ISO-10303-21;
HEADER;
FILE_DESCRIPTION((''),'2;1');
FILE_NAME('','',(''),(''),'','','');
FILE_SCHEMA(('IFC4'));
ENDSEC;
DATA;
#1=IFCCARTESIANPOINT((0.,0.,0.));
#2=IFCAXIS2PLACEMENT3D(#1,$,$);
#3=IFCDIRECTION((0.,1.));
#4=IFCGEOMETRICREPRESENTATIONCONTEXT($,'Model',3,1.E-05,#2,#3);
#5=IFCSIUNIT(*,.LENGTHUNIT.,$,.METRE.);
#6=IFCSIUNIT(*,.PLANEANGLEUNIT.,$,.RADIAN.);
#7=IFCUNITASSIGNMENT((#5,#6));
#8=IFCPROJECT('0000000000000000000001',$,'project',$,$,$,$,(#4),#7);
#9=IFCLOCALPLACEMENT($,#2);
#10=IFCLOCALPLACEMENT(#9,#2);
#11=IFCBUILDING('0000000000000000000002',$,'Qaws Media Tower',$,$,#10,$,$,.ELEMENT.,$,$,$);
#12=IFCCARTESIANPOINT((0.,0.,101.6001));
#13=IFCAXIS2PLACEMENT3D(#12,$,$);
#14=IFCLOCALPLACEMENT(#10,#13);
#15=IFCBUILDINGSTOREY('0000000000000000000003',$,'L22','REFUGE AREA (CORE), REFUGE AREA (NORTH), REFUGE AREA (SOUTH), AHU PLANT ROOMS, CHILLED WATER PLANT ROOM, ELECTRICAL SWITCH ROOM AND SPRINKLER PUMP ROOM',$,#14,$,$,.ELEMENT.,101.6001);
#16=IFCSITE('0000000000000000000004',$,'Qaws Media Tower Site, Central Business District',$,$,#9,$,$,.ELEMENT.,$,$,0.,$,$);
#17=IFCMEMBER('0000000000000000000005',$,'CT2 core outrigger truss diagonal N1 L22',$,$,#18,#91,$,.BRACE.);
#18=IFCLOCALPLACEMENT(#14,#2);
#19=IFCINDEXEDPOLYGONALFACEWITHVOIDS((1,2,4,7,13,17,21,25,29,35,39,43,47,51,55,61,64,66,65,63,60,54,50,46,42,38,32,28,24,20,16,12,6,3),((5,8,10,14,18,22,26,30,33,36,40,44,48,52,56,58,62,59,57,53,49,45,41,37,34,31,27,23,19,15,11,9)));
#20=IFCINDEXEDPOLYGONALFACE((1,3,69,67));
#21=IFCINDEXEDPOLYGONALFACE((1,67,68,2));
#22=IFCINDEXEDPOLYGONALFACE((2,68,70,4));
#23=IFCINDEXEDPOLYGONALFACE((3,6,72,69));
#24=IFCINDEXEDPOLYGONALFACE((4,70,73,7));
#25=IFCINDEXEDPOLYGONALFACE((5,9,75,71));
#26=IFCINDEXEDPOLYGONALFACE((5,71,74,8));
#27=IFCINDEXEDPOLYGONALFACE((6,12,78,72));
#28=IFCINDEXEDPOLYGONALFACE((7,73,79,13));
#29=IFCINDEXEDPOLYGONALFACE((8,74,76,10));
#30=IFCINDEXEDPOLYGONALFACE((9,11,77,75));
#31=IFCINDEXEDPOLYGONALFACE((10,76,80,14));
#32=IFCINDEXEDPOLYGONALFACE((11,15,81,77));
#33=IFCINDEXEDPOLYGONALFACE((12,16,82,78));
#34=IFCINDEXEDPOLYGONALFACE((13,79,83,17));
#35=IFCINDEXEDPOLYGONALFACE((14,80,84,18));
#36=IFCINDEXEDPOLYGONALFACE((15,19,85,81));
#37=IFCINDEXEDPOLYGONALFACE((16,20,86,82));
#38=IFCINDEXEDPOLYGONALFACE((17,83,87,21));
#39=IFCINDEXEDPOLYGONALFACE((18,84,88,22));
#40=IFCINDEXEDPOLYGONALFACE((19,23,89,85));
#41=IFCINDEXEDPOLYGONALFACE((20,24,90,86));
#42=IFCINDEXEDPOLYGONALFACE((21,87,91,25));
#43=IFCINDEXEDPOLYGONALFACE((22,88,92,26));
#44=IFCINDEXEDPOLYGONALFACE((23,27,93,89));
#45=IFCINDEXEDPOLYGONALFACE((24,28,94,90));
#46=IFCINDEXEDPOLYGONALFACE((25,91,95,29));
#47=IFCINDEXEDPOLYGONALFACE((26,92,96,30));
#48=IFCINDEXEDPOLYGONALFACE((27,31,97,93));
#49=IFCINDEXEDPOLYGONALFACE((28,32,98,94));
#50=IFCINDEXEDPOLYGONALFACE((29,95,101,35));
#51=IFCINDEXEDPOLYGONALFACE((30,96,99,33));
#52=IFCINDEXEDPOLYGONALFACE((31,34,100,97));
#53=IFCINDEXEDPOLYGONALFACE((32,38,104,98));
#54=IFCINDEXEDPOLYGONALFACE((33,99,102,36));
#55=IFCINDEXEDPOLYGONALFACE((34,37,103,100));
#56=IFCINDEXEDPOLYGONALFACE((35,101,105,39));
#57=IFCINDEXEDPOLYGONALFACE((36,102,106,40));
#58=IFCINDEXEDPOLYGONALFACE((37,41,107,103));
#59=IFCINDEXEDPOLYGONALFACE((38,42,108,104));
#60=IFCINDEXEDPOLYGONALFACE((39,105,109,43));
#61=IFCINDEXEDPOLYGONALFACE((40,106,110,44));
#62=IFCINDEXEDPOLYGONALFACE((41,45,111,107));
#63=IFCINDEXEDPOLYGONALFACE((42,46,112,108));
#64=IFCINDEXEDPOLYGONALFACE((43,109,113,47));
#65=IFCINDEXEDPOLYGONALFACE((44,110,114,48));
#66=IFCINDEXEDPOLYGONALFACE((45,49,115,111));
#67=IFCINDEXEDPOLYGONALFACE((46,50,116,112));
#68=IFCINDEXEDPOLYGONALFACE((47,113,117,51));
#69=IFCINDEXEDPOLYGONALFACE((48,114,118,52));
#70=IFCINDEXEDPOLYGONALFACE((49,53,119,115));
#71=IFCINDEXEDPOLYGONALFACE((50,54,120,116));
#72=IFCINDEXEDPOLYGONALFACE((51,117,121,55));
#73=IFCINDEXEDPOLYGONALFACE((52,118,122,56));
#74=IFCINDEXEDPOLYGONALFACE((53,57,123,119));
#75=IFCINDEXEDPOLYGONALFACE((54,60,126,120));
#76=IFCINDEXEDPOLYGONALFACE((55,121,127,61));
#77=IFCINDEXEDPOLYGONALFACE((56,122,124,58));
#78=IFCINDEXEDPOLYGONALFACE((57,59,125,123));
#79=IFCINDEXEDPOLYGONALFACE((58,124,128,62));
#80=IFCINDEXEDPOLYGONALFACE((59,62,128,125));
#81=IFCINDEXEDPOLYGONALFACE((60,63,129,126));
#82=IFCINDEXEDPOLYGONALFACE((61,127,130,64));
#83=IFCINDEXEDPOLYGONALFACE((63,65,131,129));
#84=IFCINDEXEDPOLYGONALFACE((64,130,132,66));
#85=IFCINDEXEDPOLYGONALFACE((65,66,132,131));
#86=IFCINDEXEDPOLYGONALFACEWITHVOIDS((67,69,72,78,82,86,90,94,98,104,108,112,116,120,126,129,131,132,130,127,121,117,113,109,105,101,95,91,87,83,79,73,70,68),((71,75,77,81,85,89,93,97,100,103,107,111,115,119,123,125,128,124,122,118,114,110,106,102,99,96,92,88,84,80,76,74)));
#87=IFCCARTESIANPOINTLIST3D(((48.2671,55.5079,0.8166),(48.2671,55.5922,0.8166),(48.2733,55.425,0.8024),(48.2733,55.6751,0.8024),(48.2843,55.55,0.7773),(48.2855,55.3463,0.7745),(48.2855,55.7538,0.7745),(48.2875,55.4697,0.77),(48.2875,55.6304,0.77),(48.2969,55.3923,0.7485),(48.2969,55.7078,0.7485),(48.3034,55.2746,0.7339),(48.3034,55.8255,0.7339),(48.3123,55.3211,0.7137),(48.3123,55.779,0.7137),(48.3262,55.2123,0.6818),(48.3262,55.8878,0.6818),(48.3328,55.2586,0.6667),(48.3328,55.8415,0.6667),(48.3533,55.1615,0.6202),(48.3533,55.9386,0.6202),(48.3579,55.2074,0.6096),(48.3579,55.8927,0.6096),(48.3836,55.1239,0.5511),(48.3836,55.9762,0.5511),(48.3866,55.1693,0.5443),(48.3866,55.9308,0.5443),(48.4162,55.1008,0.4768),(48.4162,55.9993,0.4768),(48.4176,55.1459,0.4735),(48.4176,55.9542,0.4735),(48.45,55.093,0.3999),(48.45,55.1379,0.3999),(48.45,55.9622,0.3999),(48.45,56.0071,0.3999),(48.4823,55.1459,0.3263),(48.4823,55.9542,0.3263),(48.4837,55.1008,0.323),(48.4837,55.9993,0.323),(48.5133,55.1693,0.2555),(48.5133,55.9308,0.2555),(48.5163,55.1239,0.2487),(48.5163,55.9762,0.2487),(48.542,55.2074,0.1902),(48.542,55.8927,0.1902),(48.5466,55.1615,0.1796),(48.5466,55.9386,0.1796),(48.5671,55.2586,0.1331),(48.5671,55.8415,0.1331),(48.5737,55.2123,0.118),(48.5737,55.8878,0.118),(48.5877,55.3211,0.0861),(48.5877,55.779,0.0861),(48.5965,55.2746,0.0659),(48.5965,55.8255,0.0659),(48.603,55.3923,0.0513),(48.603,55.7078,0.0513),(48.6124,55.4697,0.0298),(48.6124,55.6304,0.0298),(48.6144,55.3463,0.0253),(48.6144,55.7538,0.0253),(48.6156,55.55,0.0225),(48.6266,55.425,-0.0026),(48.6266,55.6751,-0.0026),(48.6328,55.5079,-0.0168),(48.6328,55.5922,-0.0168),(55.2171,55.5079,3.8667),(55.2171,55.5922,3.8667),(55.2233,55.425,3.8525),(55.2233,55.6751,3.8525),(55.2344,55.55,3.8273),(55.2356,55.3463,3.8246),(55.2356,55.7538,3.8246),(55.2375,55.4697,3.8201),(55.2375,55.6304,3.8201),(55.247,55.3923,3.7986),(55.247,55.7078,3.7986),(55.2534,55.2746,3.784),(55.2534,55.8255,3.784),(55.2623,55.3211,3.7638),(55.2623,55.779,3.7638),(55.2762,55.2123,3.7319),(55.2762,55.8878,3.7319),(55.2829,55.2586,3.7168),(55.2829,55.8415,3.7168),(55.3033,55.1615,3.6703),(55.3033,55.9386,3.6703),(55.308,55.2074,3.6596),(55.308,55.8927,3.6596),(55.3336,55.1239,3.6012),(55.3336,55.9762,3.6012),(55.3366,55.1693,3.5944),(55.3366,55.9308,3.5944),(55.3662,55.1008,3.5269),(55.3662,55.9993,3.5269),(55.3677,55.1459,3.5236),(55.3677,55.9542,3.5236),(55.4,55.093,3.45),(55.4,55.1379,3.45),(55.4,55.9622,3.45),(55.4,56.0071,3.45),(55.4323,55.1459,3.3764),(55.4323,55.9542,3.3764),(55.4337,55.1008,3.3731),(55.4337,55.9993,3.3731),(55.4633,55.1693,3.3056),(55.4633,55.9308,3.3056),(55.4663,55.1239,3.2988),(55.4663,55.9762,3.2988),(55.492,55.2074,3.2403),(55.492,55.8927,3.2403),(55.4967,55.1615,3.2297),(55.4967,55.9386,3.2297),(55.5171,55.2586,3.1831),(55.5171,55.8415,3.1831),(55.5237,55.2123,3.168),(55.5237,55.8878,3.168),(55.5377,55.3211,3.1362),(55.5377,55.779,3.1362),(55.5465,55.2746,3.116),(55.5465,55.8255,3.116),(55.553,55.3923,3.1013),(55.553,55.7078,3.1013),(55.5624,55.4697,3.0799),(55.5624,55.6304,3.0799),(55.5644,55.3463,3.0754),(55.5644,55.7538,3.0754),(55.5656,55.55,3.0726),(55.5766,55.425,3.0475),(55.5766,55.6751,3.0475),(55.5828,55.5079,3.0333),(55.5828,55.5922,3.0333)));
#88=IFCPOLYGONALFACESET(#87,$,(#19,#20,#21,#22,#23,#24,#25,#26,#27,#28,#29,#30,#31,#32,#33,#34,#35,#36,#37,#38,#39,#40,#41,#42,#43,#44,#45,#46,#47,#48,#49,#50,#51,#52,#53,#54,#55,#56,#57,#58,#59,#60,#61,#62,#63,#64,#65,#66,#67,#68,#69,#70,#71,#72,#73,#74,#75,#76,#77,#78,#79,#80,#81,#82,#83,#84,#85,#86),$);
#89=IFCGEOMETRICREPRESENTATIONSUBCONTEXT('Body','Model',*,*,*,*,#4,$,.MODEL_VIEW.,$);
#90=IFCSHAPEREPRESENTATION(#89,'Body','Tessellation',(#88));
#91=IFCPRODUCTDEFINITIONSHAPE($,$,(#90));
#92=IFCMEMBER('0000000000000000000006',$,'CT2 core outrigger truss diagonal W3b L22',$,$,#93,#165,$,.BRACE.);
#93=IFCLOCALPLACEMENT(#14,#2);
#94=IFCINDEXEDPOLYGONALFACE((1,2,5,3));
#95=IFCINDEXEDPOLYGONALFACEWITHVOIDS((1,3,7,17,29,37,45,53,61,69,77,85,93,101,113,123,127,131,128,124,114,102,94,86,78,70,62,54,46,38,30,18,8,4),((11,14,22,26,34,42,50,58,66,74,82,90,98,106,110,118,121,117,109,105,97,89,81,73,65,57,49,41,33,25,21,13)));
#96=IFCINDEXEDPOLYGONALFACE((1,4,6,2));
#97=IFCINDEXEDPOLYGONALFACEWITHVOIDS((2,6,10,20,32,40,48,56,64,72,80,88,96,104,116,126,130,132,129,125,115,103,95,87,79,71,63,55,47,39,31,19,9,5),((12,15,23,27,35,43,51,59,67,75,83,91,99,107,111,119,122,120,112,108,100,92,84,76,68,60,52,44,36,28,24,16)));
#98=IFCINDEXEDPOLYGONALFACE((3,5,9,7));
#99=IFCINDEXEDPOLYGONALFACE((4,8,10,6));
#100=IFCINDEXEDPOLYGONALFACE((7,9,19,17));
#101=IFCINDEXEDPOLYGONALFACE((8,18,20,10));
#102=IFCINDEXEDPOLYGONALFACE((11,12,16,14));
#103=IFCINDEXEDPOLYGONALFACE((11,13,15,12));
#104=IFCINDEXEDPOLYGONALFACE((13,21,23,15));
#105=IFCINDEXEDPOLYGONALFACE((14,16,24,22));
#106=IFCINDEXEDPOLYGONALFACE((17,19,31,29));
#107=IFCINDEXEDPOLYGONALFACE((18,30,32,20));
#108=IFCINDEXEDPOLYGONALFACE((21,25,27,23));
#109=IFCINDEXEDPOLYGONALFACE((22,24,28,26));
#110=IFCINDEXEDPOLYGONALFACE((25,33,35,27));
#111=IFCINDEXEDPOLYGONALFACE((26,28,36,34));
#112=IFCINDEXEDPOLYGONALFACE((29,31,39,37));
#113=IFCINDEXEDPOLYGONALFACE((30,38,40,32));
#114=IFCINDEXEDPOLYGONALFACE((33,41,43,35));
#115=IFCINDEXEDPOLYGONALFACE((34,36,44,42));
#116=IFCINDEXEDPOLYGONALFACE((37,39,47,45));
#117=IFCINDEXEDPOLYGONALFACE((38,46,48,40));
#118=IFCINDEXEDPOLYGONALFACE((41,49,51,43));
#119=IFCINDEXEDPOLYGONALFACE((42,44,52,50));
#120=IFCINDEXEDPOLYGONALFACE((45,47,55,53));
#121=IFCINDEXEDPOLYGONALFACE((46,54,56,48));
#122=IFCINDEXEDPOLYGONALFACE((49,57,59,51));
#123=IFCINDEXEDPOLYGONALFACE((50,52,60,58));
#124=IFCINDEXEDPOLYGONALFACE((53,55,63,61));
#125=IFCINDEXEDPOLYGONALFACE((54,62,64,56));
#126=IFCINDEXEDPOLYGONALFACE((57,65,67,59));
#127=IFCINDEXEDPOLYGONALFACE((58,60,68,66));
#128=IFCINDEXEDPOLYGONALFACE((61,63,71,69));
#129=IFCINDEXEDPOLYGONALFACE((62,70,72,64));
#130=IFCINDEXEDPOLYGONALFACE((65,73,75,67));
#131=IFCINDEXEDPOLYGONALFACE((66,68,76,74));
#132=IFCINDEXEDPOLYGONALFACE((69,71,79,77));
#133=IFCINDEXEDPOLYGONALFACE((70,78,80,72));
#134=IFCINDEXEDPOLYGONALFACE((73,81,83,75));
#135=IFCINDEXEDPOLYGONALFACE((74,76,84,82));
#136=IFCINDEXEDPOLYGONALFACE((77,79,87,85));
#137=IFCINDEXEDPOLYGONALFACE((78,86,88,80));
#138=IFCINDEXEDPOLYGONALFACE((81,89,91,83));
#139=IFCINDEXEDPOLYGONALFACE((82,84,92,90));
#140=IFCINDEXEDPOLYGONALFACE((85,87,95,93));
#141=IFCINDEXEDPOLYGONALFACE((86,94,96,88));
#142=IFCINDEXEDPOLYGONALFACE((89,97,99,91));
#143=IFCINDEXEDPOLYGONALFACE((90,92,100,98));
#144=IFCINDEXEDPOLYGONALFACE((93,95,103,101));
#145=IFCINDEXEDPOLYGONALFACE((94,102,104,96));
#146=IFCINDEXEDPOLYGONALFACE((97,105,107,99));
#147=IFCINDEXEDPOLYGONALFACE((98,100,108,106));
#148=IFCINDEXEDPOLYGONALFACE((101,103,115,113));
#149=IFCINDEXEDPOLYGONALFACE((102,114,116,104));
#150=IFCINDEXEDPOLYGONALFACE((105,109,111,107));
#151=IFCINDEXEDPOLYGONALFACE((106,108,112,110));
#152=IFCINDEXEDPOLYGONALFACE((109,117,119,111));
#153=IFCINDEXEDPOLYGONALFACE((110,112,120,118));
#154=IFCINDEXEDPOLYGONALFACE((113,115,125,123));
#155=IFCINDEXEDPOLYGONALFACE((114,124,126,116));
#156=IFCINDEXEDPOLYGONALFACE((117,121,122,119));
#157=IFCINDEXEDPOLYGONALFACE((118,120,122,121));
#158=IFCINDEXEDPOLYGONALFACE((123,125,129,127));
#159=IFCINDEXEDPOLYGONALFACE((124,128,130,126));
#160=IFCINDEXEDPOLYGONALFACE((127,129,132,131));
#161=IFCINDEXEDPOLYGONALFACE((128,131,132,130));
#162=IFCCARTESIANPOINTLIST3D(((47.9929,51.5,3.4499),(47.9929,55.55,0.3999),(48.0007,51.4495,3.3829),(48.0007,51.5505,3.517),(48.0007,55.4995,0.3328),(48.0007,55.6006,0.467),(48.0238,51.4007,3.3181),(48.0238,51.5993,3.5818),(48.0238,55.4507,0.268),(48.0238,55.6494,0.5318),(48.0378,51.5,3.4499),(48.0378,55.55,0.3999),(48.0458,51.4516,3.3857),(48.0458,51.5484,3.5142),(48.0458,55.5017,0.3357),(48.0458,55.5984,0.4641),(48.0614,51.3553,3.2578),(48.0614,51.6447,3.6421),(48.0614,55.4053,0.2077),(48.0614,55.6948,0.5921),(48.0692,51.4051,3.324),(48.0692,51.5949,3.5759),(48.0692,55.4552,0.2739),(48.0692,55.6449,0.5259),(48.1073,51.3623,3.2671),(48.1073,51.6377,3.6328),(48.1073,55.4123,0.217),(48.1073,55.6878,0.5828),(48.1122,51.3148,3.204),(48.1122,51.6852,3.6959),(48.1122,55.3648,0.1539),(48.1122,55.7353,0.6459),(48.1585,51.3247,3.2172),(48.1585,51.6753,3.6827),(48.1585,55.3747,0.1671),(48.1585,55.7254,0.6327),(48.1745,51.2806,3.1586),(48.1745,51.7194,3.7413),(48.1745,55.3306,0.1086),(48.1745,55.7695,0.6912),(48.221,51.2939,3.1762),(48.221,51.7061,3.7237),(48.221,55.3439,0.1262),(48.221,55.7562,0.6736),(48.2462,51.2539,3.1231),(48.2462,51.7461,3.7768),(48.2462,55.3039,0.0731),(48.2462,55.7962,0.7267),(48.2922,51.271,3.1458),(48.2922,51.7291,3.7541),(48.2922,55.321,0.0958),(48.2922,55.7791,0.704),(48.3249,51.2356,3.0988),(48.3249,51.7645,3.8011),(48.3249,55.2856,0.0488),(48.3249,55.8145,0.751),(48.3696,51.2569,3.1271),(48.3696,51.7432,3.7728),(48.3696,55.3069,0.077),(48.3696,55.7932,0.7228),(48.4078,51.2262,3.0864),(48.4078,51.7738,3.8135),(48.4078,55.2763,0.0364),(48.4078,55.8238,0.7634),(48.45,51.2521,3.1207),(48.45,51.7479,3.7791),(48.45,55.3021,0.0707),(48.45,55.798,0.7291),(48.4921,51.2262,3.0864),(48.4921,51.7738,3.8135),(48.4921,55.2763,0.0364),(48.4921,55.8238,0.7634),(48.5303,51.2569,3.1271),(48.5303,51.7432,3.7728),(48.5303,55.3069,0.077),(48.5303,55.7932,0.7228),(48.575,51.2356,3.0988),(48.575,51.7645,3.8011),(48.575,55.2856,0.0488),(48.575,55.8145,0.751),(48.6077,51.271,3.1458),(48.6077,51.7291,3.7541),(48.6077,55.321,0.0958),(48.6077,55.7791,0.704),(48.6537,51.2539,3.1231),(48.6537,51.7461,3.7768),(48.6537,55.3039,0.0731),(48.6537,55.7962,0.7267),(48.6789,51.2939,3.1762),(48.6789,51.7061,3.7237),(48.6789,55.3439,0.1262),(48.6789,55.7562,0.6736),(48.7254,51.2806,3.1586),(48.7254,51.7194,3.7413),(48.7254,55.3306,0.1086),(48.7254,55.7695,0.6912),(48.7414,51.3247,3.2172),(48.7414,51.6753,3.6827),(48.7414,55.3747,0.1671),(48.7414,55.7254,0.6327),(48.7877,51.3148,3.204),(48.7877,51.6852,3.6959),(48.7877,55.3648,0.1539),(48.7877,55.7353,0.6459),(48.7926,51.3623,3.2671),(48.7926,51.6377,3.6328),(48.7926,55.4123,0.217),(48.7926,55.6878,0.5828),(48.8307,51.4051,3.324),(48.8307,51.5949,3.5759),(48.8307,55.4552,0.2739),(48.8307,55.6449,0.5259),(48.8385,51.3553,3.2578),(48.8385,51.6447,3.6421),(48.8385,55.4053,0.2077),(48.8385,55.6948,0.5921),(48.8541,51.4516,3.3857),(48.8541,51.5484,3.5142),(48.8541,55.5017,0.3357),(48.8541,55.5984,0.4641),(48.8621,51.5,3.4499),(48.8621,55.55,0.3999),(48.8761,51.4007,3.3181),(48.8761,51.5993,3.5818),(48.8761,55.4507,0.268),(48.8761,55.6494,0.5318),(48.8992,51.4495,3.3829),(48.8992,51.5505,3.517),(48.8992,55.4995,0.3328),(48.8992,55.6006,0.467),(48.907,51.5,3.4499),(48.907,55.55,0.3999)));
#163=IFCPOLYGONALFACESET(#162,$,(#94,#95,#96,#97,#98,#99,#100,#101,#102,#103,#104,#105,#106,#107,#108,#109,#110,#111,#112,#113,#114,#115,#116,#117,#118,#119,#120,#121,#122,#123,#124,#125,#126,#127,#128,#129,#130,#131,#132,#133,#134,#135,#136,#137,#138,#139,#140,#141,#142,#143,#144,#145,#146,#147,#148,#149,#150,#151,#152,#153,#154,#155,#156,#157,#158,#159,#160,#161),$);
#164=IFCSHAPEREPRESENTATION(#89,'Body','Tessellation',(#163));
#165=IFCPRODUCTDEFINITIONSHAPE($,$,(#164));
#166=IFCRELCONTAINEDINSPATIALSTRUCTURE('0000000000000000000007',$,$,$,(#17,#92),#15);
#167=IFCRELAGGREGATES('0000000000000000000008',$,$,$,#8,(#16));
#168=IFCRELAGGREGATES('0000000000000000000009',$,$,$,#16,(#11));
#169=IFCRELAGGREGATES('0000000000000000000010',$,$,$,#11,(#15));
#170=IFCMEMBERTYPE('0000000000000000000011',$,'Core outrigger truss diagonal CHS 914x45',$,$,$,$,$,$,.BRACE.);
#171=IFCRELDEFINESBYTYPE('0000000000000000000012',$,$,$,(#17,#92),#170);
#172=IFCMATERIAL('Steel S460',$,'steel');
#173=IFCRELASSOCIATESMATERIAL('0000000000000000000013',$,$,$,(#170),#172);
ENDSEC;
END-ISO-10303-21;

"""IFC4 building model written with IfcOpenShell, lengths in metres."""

from ifc_helpers import new_model, si_unit, direction, frame, origin, origin_2d, place, context, subcontext, project, spatial, hollow_circle, extrude, material, material_profile, profile_set, type_object, element, save


model = new_model("IFC4")

# Units and contexts
model_context = context("Model", 3, precision=1e-05, world=origin(), true_north=direction((0.0, 1.0)))
body_context = subcontext(model_context, "Body", "Model", "MODEL_VIEW")
ifc_project = project(units=[si_unit("LENGTHUNIT", "METRE"), si_unit("PLANEANGLEUNIT", "RADIAN")], contexts=[model_context])

# Site, building, storey
site_placement = place(None, origin())
site = spatial("IfcSite", under=ifc_project, at=site_placement, Name="Qaws Media Tower Site, Central Business District", CompositionType="ELEMENT", RefElevation=0.0)
building_placement = place(site_placement, origin())
building = spatial("IfcBuilding", under=site, at=building_placement, Name="Qaws Media Tower", CompositionType="ELEMENT")
storey_placement = place(building_placement, frame((0.0, 0.0, 101.6001)))
storey = spatial("IfcBuildingStorey", under=building, at=storey_placement, Name="L22", Description="REFUGE AREA (CORE), REFUGE AREA (NORTH), REFUGE AREA (SOUTH), AHU PLANT ROOMS, CHILLED WATER PLANT ROOM, ELECTRICAL SWITCH ROOM AND SPRINKLER PUMP ROOM", CompositionType="ELEMENT", Elevation=101.6001)

# Members
ifc_material_1 = material(Name="Steel S460", Category="steel")
ifc_material_profile_1 = material_profile(ifc_material_1, hollow_circle(Radius=0.457, WallThickness=0.0449, at=origin_2d()), Name="CHS 914x45")
ifc_profile_set_1 = profile_set([ifc_material_profile_1], Name="Steel S460")
member_type_1 = type_object("IfcMemberType", Name="Core outrigger truss diagonal CHS 914x45", PredefinedType="BRACE", material=ifc_profile_set_1)
member_1_placement = place(storey_placement, frame((48.45, 55.55, 0.3999), z_axis=(0.9157, 0.0, 0.401863), x_axis=(0.0, 1.0, 0.0)))
element("IfcMember", 1, at=member_1_placement, inside=storey, type_object=member_type_1, Name="CT2 core outrigger truss diagonal N1 L22", PredefinedType="BRACE", context=body_context, shape_type="SweptSolid", body=[
    extrude(hollow_circle(Radius=0.457, WallThickness=0.0449, at=origin_2d()), origin(), (0.0, 0.0, 1.0), 7.5898),
])
member_2_placement = place(storey_placement, frame((48.45, 55.55, 0.3999), z_axis=(0.0, -0.798814, 0.601578), x_axis=(1.0, 0.0, 0.0)))
element("IfcMember", 2, at=member_2_placement, inside=storey, type_object=member_type_1, Name="CT2 core outrigger truss diagonal W3b L22", PredefinedType="BRACE", context=body_context, shape_type="SweptSolid", body=[
    extrude(hollow_circle(Radius=0.457, WallThickness=0.0449, at=origin_2d()), origin(), (0.0, 0.0, 1.0), 5.0701),
])

save(model, "model.ifc")
